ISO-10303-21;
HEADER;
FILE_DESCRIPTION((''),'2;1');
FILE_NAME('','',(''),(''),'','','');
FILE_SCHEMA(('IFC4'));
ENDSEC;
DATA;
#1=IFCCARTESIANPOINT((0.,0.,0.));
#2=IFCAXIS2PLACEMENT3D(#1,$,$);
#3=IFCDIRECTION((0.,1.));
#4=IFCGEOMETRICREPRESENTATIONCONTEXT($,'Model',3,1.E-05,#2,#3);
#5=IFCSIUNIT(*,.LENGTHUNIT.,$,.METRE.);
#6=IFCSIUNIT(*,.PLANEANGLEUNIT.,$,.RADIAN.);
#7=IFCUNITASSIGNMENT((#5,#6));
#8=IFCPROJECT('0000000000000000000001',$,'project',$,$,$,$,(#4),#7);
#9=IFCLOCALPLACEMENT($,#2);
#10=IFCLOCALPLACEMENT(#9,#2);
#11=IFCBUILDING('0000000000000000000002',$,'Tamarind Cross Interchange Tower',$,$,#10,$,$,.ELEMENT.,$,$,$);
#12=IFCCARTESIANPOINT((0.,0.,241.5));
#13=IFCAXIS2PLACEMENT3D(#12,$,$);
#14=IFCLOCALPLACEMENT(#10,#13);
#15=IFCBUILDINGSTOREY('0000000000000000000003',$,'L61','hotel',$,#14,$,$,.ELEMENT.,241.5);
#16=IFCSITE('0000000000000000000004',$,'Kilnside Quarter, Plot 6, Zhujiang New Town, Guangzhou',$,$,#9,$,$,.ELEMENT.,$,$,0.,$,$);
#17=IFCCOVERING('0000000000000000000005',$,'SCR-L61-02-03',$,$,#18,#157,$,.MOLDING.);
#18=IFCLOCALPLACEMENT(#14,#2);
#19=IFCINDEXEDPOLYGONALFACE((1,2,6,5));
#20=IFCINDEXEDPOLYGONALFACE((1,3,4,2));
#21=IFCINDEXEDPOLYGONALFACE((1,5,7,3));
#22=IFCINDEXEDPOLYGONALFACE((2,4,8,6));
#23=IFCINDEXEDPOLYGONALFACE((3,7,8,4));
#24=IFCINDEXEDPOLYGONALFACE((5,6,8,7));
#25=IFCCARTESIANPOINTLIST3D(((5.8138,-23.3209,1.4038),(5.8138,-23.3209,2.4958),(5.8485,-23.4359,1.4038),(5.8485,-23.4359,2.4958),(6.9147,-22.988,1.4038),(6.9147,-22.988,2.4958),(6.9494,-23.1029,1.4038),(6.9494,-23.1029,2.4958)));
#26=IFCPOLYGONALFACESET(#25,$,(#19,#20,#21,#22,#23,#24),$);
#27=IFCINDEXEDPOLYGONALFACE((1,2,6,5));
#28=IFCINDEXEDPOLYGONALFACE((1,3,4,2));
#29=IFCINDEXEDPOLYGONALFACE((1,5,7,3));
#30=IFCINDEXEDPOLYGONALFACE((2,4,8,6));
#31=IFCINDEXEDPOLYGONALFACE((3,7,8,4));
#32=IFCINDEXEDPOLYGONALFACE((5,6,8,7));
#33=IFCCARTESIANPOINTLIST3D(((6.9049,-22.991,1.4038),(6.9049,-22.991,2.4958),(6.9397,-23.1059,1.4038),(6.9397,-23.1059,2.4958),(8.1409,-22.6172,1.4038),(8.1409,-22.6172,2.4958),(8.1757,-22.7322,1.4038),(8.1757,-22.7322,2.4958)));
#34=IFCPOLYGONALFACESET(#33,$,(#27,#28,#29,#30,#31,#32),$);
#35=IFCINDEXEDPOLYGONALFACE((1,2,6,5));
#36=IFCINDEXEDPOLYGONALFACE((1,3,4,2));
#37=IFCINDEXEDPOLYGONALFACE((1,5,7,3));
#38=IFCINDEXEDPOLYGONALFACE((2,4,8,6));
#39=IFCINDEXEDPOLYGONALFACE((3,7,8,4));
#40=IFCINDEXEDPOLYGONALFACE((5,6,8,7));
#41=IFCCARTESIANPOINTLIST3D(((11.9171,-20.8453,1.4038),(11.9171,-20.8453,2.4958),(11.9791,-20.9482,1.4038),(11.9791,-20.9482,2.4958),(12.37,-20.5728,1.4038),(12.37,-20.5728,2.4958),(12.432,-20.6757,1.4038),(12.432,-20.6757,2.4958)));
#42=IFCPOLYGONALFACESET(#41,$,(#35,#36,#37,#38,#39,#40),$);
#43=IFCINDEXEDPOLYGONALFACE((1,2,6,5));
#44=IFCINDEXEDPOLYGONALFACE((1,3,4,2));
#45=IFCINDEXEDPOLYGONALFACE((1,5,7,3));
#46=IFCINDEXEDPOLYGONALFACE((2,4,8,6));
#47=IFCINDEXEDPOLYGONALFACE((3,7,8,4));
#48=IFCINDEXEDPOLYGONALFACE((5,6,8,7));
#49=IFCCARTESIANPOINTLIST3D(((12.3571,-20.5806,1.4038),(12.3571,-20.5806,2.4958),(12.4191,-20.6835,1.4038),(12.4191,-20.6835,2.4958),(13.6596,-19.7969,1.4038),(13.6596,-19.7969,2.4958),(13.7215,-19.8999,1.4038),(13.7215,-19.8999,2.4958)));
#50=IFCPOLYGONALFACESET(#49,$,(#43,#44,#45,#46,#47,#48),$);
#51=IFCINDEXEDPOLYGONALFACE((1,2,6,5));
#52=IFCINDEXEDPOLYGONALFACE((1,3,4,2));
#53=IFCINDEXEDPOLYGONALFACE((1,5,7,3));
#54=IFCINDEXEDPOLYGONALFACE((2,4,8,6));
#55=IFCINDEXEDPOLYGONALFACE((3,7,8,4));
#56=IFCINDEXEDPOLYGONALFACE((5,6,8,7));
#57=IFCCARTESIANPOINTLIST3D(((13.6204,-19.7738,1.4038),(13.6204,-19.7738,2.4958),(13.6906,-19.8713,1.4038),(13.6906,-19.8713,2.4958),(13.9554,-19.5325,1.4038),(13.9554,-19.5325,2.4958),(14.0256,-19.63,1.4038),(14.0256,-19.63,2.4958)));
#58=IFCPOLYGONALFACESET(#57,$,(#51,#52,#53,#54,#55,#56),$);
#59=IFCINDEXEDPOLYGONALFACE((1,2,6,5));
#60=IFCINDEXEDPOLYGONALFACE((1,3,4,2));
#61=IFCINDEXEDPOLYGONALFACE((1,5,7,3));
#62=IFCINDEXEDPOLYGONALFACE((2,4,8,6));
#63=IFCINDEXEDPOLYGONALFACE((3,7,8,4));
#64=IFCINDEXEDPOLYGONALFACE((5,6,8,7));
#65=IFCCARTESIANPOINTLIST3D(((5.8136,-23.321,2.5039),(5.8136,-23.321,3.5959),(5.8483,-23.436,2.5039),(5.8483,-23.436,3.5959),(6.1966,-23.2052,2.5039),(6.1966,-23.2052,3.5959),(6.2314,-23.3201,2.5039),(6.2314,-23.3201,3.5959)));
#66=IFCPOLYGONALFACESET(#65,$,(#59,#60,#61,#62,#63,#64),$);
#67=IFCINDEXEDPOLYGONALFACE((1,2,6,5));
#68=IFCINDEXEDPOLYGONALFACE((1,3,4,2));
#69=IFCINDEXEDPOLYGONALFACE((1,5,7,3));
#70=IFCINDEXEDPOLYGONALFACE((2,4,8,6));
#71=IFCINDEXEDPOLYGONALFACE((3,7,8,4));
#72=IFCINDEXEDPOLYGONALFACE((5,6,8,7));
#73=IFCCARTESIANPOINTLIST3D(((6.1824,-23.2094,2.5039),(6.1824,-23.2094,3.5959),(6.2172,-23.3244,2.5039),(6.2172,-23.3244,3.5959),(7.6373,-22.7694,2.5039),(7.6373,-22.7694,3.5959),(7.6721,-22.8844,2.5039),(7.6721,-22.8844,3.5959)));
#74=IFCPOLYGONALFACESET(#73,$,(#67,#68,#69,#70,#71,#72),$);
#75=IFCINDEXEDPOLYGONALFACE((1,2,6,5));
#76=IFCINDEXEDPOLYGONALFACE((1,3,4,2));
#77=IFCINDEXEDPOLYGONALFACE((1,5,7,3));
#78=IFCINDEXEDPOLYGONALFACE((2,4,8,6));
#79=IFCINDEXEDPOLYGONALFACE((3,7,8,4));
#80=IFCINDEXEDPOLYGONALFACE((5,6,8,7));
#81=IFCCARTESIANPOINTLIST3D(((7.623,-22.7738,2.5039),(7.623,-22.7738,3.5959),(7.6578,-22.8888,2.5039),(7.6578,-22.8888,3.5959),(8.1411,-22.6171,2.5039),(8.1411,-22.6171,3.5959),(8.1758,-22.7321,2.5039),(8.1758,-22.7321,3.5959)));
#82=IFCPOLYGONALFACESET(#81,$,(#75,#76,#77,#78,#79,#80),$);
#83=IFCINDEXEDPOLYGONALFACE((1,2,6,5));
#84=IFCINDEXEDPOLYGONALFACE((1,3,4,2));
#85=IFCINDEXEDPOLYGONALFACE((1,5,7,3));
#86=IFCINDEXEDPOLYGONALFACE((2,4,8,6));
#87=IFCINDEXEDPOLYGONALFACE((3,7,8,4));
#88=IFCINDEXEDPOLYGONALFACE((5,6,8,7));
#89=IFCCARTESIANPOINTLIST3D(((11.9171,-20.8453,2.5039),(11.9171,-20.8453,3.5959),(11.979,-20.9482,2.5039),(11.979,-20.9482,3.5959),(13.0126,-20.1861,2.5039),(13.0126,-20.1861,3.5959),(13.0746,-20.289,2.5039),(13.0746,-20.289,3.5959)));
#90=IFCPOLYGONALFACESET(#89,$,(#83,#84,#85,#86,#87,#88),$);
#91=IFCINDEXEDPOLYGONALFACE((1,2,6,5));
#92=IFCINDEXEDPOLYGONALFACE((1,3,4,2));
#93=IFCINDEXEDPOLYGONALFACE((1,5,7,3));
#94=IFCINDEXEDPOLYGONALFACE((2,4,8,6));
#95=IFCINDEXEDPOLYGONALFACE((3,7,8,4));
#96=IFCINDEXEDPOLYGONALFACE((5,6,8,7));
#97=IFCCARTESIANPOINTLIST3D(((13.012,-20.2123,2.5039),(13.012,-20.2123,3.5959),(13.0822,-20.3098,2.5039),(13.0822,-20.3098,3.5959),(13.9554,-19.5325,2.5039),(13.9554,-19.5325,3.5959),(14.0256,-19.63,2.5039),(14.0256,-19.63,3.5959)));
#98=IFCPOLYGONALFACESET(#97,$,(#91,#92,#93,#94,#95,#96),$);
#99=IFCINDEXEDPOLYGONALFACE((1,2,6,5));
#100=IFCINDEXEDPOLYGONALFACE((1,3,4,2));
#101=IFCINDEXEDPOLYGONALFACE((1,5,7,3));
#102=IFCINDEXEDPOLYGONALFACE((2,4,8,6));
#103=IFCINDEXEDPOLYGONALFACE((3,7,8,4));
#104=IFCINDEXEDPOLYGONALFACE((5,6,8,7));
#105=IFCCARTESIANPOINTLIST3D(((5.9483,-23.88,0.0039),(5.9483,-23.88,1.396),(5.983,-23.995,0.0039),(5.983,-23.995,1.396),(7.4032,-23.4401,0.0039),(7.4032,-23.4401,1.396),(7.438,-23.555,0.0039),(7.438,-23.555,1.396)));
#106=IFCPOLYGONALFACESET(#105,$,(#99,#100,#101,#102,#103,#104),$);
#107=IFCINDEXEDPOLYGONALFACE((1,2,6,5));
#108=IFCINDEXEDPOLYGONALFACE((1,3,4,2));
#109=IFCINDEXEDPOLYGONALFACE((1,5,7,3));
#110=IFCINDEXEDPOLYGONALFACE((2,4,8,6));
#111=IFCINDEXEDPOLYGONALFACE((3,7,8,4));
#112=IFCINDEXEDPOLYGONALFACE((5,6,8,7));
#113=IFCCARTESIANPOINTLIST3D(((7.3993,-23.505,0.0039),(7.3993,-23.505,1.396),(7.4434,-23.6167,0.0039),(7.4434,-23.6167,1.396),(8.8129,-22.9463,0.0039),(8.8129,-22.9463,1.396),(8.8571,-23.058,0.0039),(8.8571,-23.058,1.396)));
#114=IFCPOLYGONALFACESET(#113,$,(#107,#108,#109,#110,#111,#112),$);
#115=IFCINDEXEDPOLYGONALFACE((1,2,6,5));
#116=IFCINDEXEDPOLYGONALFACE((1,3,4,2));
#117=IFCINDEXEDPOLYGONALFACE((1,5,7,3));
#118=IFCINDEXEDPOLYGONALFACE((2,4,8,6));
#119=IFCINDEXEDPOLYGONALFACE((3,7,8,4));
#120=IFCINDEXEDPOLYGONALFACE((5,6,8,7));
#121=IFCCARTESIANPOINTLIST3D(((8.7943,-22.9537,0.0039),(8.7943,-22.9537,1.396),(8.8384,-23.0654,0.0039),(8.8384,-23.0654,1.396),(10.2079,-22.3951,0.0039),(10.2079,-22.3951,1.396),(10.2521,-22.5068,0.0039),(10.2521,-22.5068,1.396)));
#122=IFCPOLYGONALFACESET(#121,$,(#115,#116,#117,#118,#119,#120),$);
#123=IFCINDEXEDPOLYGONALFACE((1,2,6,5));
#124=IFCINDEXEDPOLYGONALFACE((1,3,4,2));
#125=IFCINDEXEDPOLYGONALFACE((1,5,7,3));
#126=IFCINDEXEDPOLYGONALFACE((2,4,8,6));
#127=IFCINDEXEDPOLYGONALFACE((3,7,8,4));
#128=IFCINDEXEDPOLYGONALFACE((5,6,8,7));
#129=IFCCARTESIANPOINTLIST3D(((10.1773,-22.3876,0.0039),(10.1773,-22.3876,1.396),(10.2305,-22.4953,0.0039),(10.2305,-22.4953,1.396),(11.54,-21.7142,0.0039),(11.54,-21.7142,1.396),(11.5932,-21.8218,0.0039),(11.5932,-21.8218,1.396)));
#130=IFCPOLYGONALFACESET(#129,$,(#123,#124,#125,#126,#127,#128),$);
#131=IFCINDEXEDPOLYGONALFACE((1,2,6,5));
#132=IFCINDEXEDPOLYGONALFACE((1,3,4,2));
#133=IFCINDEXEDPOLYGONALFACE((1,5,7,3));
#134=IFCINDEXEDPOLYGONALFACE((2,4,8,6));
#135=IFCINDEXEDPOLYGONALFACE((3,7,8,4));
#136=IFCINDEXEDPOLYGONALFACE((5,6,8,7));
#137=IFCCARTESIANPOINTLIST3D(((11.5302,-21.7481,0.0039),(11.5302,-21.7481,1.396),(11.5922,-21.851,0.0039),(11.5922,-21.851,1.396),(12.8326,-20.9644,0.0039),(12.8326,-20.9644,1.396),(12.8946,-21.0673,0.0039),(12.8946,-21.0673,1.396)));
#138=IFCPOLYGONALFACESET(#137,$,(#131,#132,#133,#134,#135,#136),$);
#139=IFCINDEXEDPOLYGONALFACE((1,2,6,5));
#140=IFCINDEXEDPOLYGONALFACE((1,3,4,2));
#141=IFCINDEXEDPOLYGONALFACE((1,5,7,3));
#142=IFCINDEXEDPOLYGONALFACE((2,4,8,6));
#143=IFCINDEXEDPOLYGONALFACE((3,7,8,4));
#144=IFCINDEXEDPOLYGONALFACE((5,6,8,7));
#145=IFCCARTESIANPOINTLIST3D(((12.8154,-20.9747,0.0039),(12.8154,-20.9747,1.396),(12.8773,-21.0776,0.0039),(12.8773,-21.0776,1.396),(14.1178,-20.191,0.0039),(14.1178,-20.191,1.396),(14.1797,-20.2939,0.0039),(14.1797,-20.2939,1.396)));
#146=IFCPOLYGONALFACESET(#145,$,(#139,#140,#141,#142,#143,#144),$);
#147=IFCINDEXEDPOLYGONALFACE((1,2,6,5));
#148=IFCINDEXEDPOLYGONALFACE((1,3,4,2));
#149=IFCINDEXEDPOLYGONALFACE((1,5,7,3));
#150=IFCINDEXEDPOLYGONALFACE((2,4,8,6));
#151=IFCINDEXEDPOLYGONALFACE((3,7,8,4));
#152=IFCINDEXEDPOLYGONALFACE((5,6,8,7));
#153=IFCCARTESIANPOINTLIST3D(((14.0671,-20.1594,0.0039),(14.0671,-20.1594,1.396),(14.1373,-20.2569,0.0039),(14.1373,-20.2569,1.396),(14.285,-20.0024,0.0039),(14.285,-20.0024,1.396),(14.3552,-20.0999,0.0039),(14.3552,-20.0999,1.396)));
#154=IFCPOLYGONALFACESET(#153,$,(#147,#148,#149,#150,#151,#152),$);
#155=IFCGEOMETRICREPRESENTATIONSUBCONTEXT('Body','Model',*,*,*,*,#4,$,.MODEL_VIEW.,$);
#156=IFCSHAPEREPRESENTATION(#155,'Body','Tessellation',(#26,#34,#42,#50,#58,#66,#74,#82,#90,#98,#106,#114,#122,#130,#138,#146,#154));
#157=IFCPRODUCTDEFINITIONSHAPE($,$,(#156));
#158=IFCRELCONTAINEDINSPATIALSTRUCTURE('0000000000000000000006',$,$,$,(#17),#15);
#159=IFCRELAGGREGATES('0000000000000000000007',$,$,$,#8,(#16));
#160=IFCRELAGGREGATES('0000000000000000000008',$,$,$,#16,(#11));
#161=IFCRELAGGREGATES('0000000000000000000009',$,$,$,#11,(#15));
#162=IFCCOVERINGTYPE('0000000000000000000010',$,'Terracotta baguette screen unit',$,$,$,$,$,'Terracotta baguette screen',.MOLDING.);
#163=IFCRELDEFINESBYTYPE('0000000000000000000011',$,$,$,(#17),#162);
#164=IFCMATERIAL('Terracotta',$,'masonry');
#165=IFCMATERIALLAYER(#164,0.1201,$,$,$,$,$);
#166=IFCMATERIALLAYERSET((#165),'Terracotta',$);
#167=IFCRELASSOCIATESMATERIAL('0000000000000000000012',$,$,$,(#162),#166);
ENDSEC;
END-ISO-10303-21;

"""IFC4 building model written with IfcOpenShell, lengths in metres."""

from ifc_helpers import new_model, si_unit, direction, frame, origin, origin_2d, place, context, subcontext, project, spatial, rectangle, extrude, material, layer, layer_set, type_object, element, save


model = new_model("IFC4")

# Units and contexts
model_context = context("Model", 3, precision=1e-05, world=origin(), true_north=direction((0.0, 1.0)))
body_context = subcontext(model_context, "Body", "Model", "MODEL_VIEW")
ifc_project = project(units=[si_unit("LENGTHUNIT", "METRE"), si_unit("PLANEANGLEUNIT", "RADIAN")], contexts=[model_context])

# Site, building, storey
site_placement = place(None, origin())
site = spatial("IfcSite", under=ifc_project, at=site_placement, Name="Kilnside Quarter, Plot 6, Zhujiang New Town, Guangzhou", CompositionType="ELEMENT", RefElevation=0.0)
building_placement = place(site_placement, origin())
building = spatial("IfcBuilding", under=site, at=building_placement, Name="Tamarind Cross Interchange Tower", CompositionType="ELEMENT")
storey_placement = place(building_placement, frame((0.0, 0.0, 241.5)))
storey = spatial("IfcBuildingStorey", under=building, at=storey_placement, Name="L61", Description="hotel", CompositionType="ELEMENT", Elevation=241.5)

# Covering
ifc_material_1 = material(Name="Terracotta", Category="masonry")
ifc_layer_1 = layer(ifc_material_1, 0.1201)
ifc_layer_set_1 = layer_set([ifc_layer_1], Name="Terracotta")
covering_type = type_object("IfcCoveringType", Name="Terracotta baguette screen unit", ElementType="Terracotta baguette screen", PredefinedType="MOLDING", material=ifc_layer_set_1)
covering_1_placement = place(storey_placement, origin())
element("IfcCovering", 1, at=covering_1_placement, inside=storey, type_object=covering_type, Name="SCR-L61-02-03", PredefinedType="MOLDING", context=body_context, shape_type="SweptSolid", body=[
    extrude(rectangle(XDim=1.1501, YDim=0.1201, at=origin_2d()), frame((6.3816, -23.2119, 1.4038), z_axis=(0.0, 0.0, 1.0), x_axis=(0.957191, 0.289458, 0.0)), (0.0, 0.0, 1.0), 1.092),
    extrude(rectangle(XDim=1.2913, YDim=0.1201, at=origin_2d()), frame((7.5403, -22.8616, 1.4038), z_axis=(0.0, 0.0, 1.0), x_axis=(0.957191, 0.289458, 0.0)), (0.0, 0.0, 1.0), 1.092),
    extrude(rectangle(XDim=0.5286, YDim=0.1201, at=origin_2d()), frame((12.1746, -20.7605, 1.4038), z_axis=(0.0, 0.0, 1.0), x_axis=(0.856843, 0.515577, 0.0)), (0.0, 0.0, 1.0), 1.092),
    extrude(rectangle(XDim=1.52, YDim=0.1201, at=origin_2d()), frame((13.0393, -20.2402, 1.4038), z_axis=(0.0, 0.0, 1.0), x_axis=(0.856843, 0.515577, 0.0)), (0.0, 0.0, 1.0), 1.092),
    extrude(rectangle(XDim=0.4128, YDim=0.1201, at=origin_2d()), frame((13.823, -19.7019, 1.4038), z_axis=(0.0, 0.0, 1.0), x_axis=(0.81134, 0.584574, 0.0)), (0.0, 0.0, 1.0), 1.092),
    extrude(rectangle(XDim=0.4001, YDim=0.1201, at=origin_2d()), frame((6.0225, -23.3206, 2.5039), z_axis=(0.0, 0.0, 1.0), x_axis=(0.957191, 0.289458, 0.0)), (0.0, 0.0, 1.0), 1.092),
    extrude(rectangle(XDim=1.52, YDim=0.1201, at=origin_2d()), frame((6.9272, -23.0469, 2.5039), z_axis=(0.0, 0.0, 1.0), x_axis=(0.957191, 0.289458, 0.0)), (0.0, 0.0, 1.0), 1.092),
    extrude(rectangle(XDim=0.5413, YDim=0.1201, at=origin_2d()), frame((7.8994, -22.7529, 2.5039), z_axis=(0.0, 0.0, 1.0), x_axis=(0.957191, 0.289458, 0.0)), (0.0, 0.0, 1.0), 1.092),
    extrude(rectangle(XDim=1.2786, YDim=0.1201, at=origin_2d()), frame((12.4958, -20.5671, 2.5039), z_axis=(0.0, 0.0, 1.0), x_axis=(0.856843, 0.515577, 0.0)), (0.0, 0.0, 1.0), 1.092),
    extrude(rectangle(XDim=1.1628, YDim=0.1201, at=origin_2d()), frame((13.5188, -19.9211, 2.5039), z_axis=(0.0, 0.0, 1.0), x_axis=(0.81134, 0.584574, 0.0)), (0.0, 0.0, 1.0), 1.092),
    extrude(rectangle(XDim=1.52, YDim=0.1201, at=origin_2d()), frame((6.6931, -23.7175, 0.0039), z_axis=(0.0, 0.0, 1.0), x_axis=(0.957191, 0.289458, 0.0)), (0.0, 0.0, 1.0), 1.3921),
    extrude(rectangle(XDim=1.52, YDim=0.1201, at=origin_2d()), frame((8.1282, -23.2815, 0.0039), z_axis=(0.0, 0.0, 1.0), x_axis=(0.930018, 0.367514, 0.0)), (0.0, 0.0, 1.0), 1.3921),
    extrude(rectangle(XDim=1.52, YDim=0.1201, at=origin_2d()), frame((9.5232, -22.7302, 0.0039), z_axis=(0.0, 0.0, 1.0), x_axis=(0.930018, 0.367514, 0.0)), (0.0, 0.0, 1.0), 1.3921),
    extrude(rectangle(XDim=1.52, YDim=0.1201, at=origin_2d()), frame((10.8853, -22.1047, 0.0039), z_axis=(0.0, 0.0, 1.0), x_axis=(0.896493, 0.443059, 0.0)), (0.0, 0.0, 1.0), 1.3921),
    extrude(rectangle(XDim=1.52, YDim=0.1201, at=origin_2d()), frame((12.2124, -21.4077, 0.0039), z_axis=(0.0, 0.0, 1.0), x_axis=(0.856843, 0.515577, 0.0)), (0.0, 0.0, 1.0), 1.3921),
    extrude(rectangle(XDim=1.52, YDim=0.1201, at=origin_2d()), frame((13.4976, -20.6343, 0.0039), z_axis=(0.0, 0.0, 1.0), x_axis=(0.856843, 0.515577, 0.0)), (0.0, 0.0, 1.0), 1.3921),
    extrude(rectangle(XDim=0.2686, YDim=0.1201, at=origin_2d()), frame((14.2112, -20.1296, 0.0039), z_axis=(0.0, 0.0, 1.0), x_axis=(0.81134, 0.584574, 0.0)), (0.0, 0.0, 1.0), 1.3921),
])

save(model, "model.ifc")
